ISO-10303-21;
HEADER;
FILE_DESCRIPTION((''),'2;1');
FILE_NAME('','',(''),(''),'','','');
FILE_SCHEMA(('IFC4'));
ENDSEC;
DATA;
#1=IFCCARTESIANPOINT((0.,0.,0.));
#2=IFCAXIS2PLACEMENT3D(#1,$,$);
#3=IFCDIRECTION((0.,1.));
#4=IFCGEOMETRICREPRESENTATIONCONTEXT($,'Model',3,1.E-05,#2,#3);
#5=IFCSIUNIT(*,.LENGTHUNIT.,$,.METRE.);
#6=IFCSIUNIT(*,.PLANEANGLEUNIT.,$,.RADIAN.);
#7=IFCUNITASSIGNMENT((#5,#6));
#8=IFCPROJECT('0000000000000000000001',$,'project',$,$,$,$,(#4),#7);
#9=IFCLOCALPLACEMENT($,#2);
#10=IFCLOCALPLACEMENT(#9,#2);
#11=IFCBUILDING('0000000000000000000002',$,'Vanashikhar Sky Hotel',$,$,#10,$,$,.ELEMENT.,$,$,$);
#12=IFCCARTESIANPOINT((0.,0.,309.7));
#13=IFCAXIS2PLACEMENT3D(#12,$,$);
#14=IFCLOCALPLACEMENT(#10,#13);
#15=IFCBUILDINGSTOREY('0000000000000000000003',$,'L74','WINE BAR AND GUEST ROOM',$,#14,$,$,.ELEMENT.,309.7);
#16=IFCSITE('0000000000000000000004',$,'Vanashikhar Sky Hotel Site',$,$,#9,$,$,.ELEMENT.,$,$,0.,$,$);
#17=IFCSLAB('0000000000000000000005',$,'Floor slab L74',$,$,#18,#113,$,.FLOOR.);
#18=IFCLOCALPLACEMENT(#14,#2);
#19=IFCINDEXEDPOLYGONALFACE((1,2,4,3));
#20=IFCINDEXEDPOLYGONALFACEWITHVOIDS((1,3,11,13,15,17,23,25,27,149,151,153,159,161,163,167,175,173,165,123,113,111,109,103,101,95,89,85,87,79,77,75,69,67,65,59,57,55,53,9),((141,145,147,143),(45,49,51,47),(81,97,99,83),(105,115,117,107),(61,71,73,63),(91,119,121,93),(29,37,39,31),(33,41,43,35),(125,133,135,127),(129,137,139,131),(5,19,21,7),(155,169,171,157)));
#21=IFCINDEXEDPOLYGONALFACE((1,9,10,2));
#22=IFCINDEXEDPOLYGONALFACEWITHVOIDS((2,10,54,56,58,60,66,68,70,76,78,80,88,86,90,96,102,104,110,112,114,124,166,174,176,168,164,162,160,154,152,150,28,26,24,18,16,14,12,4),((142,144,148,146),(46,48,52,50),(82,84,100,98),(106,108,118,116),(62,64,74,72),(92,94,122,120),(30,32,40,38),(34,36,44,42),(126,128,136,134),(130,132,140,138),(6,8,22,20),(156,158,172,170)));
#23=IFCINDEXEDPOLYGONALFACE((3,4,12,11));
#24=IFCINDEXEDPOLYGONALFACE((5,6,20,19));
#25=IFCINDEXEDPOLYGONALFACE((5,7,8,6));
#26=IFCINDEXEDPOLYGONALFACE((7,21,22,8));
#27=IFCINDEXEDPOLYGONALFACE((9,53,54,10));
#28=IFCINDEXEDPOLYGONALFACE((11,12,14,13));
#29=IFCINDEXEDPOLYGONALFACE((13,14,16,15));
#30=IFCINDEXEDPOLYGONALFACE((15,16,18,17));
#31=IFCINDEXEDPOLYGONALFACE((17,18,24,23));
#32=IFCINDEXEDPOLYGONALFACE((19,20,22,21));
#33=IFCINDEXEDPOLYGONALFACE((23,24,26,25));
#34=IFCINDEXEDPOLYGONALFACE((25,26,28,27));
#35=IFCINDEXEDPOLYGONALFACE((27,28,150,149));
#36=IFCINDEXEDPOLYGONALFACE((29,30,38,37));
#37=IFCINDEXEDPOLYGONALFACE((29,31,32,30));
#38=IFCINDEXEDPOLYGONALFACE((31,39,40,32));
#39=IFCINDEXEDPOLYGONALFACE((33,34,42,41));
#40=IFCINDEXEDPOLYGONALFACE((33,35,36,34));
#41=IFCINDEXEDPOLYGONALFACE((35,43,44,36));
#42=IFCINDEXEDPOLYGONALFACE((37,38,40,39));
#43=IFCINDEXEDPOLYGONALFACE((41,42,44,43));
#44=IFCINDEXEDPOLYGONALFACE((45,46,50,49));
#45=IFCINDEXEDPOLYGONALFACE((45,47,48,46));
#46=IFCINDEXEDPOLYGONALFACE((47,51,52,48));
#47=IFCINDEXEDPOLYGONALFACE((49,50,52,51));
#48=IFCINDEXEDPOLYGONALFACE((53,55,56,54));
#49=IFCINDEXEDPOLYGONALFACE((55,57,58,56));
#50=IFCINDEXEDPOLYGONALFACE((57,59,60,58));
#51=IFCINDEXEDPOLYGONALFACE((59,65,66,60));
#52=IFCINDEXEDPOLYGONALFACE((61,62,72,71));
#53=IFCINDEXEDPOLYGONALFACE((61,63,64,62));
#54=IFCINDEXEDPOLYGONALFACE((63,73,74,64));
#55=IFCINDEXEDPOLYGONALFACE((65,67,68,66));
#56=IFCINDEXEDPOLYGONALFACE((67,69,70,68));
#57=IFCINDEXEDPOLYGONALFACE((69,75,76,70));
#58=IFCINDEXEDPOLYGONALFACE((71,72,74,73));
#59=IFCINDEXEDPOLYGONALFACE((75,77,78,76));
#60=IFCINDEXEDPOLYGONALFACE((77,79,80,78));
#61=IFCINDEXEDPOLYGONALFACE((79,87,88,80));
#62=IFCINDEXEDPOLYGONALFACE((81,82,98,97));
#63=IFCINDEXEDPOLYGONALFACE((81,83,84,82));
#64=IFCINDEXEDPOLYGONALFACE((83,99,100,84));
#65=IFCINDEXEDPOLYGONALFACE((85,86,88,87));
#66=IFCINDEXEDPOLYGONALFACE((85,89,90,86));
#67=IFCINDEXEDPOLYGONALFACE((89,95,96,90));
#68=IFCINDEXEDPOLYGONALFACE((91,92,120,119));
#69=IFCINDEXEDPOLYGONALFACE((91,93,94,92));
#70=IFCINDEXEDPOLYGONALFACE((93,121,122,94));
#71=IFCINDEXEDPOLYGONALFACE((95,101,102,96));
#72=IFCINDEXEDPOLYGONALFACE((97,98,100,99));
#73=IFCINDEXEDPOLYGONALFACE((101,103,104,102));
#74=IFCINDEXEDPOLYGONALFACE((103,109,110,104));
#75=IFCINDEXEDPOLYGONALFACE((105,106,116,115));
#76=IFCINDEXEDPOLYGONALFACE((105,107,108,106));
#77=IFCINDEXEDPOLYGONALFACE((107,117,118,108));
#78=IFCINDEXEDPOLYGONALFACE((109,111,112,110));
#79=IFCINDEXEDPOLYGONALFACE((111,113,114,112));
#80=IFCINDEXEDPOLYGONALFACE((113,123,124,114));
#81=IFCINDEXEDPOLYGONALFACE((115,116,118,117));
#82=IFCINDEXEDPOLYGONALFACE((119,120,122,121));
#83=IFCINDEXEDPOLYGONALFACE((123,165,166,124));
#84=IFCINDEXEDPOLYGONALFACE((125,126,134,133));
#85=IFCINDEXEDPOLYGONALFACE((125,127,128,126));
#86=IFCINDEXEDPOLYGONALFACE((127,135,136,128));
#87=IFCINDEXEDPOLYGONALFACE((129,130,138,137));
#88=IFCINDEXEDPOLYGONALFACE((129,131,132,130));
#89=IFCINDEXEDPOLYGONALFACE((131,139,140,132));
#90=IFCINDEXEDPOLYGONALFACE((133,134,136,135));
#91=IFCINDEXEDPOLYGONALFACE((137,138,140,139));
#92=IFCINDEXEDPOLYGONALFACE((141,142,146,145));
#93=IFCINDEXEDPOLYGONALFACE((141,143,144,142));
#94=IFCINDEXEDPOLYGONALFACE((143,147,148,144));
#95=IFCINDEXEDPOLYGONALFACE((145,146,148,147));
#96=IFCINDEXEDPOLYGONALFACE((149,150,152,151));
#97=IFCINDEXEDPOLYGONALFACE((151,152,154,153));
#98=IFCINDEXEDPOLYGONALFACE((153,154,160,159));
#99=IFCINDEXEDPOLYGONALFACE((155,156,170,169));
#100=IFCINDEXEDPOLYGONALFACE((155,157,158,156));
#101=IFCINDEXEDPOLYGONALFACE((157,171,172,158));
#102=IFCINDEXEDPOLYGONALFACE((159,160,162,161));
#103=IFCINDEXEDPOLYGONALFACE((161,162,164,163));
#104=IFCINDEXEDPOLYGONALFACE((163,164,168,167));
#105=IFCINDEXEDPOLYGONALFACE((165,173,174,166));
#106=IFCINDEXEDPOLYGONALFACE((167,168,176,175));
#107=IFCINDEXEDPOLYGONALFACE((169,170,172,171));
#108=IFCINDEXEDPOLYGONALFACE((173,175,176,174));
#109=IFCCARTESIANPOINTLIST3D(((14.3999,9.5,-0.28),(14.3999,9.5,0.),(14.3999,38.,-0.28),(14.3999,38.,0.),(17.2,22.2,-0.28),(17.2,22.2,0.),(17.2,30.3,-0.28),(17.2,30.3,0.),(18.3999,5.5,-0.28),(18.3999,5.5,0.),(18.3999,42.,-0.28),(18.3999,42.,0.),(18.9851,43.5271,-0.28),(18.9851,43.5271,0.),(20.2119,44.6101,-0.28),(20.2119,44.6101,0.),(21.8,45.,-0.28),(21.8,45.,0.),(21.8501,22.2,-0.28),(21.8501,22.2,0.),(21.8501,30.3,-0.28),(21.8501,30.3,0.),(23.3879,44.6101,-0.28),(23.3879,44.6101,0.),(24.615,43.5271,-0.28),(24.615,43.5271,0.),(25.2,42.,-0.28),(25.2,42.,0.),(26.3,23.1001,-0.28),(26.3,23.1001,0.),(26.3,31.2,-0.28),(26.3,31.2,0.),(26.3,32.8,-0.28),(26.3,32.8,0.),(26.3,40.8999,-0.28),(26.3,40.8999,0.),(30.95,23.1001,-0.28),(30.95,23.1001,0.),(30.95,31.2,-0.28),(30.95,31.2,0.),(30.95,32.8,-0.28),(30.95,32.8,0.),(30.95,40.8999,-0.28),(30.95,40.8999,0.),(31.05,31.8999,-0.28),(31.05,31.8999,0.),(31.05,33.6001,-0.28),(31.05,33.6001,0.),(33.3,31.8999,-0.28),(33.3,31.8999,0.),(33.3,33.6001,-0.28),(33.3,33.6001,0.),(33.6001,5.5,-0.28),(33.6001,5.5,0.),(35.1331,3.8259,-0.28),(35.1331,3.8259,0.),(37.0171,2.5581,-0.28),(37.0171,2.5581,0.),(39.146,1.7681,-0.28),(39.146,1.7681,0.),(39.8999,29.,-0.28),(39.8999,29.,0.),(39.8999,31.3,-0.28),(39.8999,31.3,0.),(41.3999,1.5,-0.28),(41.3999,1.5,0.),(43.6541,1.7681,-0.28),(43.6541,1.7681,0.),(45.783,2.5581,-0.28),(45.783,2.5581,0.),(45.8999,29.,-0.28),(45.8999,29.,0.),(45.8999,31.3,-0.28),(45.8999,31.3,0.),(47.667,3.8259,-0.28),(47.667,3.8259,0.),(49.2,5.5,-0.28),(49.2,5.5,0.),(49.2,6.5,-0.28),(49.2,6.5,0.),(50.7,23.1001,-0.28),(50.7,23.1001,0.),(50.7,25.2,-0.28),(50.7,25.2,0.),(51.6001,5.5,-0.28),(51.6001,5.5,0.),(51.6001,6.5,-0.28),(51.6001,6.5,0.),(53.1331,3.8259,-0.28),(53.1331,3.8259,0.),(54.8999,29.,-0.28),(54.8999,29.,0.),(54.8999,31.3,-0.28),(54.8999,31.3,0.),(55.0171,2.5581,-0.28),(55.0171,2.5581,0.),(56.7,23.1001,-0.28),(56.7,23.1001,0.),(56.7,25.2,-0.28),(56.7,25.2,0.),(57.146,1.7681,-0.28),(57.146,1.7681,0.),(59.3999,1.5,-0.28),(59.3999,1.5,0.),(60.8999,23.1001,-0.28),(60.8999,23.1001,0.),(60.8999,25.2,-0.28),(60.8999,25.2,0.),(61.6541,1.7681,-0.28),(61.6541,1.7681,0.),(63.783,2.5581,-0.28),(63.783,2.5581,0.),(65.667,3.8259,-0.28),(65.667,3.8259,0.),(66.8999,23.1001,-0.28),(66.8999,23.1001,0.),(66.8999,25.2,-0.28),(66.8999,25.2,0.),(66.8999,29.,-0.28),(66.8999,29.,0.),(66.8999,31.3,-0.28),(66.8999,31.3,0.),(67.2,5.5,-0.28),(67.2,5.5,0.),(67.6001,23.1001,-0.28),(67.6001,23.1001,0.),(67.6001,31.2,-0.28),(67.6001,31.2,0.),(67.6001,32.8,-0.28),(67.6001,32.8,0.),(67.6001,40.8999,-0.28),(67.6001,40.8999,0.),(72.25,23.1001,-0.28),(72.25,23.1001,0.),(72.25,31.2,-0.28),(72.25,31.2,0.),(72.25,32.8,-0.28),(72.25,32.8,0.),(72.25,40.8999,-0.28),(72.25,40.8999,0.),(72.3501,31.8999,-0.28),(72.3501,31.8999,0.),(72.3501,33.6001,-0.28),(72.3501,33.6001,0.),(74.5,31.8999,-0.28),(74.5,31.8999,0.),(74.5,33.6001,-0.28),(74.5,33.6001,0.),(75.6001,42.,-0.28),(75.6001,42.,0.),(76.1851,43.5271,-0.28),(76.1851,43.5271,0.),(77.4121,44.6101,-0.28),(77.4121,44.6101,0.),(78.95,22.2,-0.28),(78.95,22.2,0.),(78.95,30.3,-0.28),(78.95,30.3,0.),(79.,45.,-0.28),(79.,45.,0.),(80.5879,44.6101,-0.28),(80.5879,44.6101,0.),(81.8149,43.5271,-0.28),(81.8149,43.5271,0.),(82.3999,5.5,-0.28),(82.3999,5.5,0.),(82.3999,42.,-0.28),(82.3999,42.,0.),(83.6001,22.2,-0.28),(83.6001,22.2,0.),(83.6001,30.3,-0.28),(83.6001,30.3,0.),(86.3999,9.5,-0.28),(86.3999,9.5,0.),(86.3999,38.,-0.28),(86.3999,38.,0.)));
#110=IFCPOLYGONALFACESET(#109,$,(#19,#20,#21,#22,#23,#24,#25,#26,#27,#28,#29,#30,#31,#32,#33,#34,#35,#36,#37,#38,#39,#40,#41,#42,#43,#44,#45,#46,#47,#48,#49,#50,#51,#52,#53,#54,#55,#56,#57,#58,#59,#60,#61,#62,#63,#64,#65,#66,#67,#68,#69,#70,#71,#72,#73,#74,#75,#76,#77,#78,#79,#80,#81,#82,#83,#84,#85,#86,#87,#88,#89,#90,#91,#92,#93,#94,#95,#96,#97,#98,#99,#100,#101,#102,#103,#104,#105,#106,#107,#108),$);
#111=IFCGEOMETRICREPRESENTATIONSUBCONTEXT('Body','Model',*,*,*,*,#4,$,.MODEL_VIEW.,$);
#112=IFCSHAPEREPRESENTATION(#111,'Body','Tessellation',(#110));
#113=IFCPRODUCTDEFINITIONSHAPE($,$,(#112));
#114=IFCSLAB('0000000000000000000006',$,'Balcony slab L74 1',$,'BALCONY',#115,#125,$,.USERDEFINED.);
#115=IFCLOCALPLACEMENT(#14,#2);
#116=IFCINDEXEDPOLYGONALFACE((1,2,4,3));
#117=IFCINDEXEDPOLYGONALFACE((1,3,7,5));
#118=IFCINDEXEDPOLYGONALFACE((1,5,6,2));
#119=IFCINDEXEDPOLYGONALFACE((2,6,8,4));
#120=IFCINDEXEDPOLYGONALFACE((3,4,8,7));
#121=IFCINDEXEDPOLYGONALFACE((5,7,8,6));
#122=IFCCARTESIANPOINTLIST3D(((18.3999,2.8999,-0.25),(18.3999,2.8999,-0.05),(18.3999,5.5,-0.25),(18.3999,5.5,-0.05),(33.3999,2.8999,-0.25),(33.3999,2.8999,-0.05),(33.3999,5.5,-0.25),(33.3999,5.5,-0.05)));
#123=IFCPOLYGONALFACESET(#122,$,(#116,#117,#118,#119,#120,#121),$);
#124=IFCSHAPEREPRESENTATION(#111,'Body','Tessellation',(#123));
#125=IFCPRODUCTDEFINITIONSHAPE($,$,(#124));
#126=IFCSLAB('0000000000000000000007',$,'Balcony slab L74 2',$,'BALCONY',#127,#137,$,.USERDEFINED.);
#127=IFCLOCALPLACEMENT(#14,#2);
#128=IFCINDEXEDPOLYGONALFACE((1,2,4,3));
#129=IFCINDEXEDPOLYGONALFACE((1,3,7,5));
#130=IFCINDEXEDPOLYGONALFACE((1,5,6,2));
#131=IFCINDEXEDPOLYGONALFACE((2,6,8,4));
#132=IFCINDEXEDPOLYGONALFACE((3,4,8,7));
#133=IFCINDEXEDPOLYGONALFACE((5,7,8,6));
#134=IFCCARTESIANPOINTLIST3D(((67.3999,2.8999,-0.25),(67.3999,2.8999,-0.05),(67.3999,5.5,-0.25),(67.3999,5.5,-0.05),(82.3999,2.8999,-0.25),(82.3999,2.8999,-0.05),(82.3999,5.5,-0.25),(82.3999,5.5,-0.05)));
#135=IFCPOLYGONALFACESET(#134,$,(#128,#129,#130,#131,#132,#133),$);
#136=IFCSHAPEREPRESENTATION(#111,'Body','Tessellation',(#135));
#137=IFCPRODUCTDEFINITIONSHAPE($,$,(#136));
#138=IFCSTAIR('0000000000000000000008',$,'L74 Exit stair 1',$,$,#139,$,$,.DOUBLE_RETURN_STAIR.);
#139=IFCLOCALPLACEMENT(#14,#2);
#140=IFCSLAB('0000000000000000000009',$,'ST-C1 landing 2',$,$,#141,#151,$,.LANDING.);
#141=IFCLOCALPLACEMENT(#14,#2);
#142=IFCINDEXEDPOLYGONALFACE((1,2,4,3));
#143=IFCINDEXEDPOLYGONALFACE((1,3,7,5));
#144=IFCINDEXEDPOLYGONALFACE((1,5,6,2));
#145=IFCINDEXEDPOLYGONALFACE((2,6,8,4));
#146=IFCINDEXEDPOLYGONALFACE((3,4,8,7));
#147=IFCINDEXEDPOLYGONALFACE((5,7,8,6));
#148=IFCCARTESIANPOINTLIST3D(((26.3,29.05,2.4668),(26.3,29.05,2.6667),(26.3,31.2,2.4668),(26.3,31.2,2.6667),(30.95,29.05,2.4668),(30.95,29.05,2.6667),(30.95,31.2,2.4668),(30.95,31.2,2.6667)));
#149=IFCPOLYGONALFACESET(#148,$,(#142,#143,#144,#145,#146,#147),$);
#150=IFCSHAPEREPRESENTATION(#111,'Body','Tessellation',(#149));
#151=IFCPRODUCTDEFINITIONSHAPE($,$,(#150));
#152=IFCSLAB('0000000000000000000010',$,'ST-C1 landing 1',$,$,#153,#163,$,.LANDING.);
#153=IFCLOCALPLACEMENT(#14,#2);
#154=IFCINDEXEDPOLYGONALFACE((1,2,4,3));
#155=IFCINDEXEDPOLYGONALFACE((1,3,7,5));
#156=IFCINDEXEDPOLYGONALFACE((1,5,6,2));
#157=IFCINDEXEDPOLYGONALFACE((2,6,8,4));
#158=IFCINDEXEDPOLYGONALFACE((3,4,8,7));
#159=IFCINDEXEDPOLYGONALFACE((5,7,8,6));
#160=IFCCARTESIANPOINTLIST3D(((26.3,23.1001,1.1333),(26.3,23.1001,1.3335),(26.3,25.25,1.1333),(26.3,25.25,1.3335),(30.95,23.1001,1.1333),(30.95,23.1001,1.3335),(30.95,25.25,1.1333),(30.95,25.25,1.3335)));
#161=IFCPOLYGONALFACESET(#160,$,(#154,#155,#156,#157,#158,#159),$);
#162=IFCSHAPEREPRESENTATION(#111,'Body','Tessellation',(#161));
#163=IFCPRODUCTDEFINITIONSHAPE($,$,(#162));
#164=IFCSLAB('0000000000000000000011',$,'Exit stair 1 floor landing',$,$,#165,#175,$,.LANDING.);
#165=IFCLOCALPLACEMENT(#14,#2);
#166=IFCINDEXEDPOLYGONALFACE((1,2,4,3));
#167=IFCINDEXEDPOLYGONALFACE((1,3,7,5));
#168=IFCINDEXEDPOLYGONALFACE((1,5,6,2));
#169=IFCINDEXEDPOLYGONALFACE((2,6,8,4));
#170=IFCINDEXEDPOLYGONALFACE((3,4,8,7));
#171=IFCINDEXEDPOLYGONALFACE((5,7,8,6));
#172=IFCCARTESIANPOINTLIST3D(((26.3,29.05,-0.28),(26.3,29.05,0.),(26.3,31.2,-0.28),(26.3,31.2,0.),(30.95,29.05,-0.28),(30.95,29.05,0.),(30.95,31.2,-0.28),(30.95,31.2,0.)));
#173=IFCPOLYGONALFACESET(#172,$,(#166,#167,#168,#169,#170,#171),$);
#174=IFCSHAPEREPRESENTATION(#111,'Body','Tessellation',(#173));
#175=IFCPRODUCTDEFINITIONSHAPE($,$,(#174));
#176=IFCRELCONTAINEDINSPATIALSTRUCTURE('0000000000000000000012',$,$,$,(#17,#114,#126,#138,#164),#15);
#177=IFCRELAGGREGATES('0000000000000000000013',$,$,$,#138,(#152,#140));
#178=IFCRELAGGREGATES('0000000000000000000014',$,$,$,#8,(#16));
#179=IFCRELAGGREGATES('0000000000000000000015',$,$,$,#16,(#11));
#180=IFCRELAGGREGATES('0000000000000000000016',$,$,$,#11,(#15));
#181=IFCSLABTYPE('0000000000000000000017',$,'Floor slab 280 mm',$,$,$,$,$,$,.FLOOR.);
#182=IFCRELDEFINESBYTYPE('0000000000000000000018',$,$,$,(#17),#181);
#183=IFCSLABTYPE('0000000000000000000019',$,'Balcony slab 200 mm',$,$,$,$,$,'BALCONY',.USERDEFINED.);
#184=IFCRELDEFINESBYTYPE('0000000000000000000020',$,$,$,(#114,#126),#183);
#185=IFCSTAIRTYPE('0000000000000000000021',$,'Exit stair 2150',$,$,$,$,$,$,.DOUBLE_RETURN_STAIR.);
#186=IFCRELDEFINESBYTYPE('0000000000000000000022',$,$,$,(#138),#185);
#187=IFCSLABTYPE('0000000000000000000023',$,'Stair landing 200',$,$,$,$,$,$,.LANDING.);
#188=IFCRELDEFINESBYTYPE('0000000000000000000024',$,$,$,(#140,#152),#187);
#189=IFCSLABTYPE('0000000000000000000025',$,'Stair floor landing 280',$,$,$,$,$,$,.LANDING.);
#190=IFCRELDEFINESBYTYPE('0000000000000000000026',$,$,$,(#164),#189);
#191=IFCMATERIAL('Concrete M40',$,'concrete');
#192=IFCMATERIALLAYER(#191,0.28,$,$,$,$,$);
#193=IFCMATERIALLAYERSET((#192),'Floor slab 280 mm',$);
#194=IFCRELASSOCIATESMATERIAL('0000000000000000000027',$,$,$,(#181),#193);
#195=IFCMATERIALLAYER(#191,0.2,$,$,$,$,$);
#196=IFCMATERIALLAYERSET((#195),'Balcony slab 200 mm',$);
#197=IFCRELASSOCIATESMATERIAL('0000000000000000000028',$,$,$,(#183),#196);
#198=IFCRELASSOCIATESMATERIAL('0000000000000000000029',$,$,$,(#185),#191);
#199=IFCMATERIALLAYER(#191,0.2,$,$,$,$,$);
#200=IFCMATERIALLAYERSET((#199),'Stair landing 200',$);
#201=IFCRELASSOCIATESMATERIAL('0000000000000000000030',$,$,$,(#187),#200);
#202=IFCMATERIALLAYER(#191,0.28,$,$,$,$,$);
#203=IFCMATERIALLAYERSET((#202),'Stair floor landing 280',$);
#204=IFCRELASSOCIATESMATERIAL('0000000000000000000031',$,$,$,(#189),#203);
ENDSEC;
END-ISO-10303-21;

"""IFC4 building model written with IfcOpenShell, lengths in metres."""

from ifc_helpers import new_model, si_unit, direction, frame, origin, place, context, subcontext, project, spatial, polyline, outline, extrude, source, transform, mapped, material, layer, layer_set, type_object, element, aggregate, save


model = new_model("IFC4")

# Units and contexts
model_context = context("Model", 3, precision=1e-05, world=origin(), true_north=direction((0.0, 1.0)))
body_context = subcontext(model_context, "Body", "Model", "MODEL_VIEW")
ifc_project = project(units=[si_unit("LENGTHUNIT", "METRE"), si_unit("PLANEANGLEUNIT", "RADIAN")], contexts=[model_context])

# Site, building, storey
site_placement = place(None, origin())
site = spatial("IfcSite", under=ifc_project, at=site_placement, Name="Vanashikhar Sky Hotel Site", CompositionType="ELEMENT", RefElevation=0.0)
building_placement = place(site_placement, origin())
building = spatial("IfcBuilding", under=site, at=building_placement, Name="Vanashikhar Sky Hotel", CompositionType="ELEMENT")
storey_placement = place(building_placement, frame((0.0, 0.0, 309.7)))
storey = spatial("IfcBuildingStorey", under=building, at=storey_placement, Name="L74", Description="WINE BAR AND GUEST ROOM", CompositionType="ELEMENT", Elevation=309.7)

# Slabs
ifc_material = material(Name="Concrete M40", Category="concrete")
ifc_layer_1 = layer(ifc_material, 0.28)
ifc_layer_set_1 = layer_set([ifc_layer_1], Name="Floor slab 280 mm")
slab_type_1 = type_object("IfcSlabType", Name="Floor slab 280 mm", PredefinedType="FLOOR", material=ifc_layer_set_1)
shared_shape_1 = source(origin(), body_context, "Body", "SweptSolid", [
    extrude(outline(polyline([(49.2, 5.5), (49.2, 6.5), (51.6001, 6.5), (51.6001, 5.5), (53.1331, 3.8259), (55.0171, 2.5581), (57.146, 1.7681), (59.3999, 1.5), (61.6541, 1.7681), (63.783, 2.5581), (65.667, 3.8259), (67.2, 5.5), (82.3999, 5.5), (86.3999, 9.5), (86.3999, 38.0), (82.3999, 42.0), (81.8149, 43.5271), (80.5879, 44.6101), (79.0, 45.0), (77.4121, 44.6101), (76.1851, 43.5271), (75.6001, 42.0), (25.2, 42.0), (24.615, 43.5271), (23.3879, 44.6101), (21.8, 45.0), (20.2119, 44.6101), (18.9851, 43.5271), (18.3999, 42.0), (14.3999, 38.0), (14.3999, 9.5), (18.3999, 5.5), (33.6001, 5.5), (35.1331, 3.8259), (37.0171, 2.5581), (39.146, 1.7681), (41.3999, 1.5), (43.6541, 1.7681), (45.783, 2.5581), (47.667, 3.8259), (49.2, 5.5)]), holes=[polyline([(33.3, 33.6001), (31.05, 33.6001), (31.05, 31.8999), (33.3, 31.8999), (33.3, 33.6001)]), polyline([(39.8999, 31.3), (39.8999, 29.0), (45.8999, 29.0), (45.8999, 31.3), (39.8999, 31.3)]), polyline([(50.7, 25.2), (50.7, 23.1001), (56.7, 23.1001), (56.7, 25.2), (50.7, 25.2)]), polyline([(66.8999, 29.0), (66.8999, 31.3), (54.8999, 31.3), (54.8999, 29.0), (66.8999, 29.0)]), polyline([(60.8999, 25.2), (60.8999, 23.1001), (66.8999, 23.1001), (66.8999, 25.2), (60.8999, 25.2)]), polyline([(74.5, 33.6001), (72.3501, 33.6001), (72.3501, 31.8999), (74.5, 31.8999), (74.5, 33.6001)]), polyline([(30.95, 23.1001), (30.95, 31.2), (26.3, 31.2), (26.3, 23.1001), (30.95, 23.1001)]), polyline([(72.25, 23.1001), (72.25, 31.2), (67.6001, 31.2), (67.6001, 23.1001), (72.25, 23.1001)]), polyline([(30.95, 32.8), (30.95, 40.8999), (26.3, 40.8999), (26.3, 32.8), (30.95, 32.8)]), polyline([(72.25, 32.8), (72.25, 40.8999), (67.6001, 40.8999), (67.6001, 32.8), (72.25, 32.8)]), polyline([(83.6001, 22.2), (83.6001, 30.3), (78.95, 30.3), (78.95, 22.2), (83.6001, 22.2)]), polyline([(21.8501, 22.2), (21.8501, 30.3), (17.2, 30.3), (17.2, 22.2), (21.8501, 22.2)])]), origin(), (0.0, 0.0, 1.0), 0.28),
])
slab_1_placement = place(storey_placement, frame((0.0, 0.0, -0.28)))
element("IfcSlab", 1, at=slab_1_placement, inside=storey, type_object=slab_type_1, Name="Floor slab L74", PredefinedType="FLOOR", context=body_context, shape_type="MappedRepresentation", body=[
    mapped(shared_shape_1, transform((0.0, 0.0, 0.0), scale=1.0)),
])
ifc_layer_2 = layer(ifc_material, 0.2)
ifc_layer_set_2 = layer_set([ifc_layer_2], Name="Balcony slab 200 mm")
slab_type_2 = type_object("IfcSlabType", Name="Balcony slab 200 mm", ElementType="BALCONY", PredefinedType="USERDEFINED", material=ifc_layer_set_2)
shared_shape_2 = source(origin(), body_context, "Body", "SweptSolid", [
    extrude(outline(polyline([(18.3999, 2.8999), (33.3999, 2.8999), (33.3999, 5.5), (18.3999, 5.5), (18.3999, 2.8999)])), origin(), (0.0, 0.0, 1.0), 0.2),
])
slab_2_placement = place(storey_placement, frame((0.0, 0.0, -0.25)))
element("IfcSlab", 2, at=slab_2_placement, inside=storey, type_object=slab_type_2, Name="Balcony slab L74 1", ObjectType="BALCONY", PredefinedType="USERDEFINED", context=body_context, shape_type="MappedRepresentation", body=[
    mapped(shared_shape_2, transform((0.0, 0.0, 0.0), scale=1.0)),
])
shared_shape_3 = source(origin(), body_context, "Body", "SweptSolid", [
    extrude(outline(polyline([(67.3999, 2.8999), (82.3999, 2.8999), (82.3999, 5.5), (67.3999, 5.5), (67.3999, 2.8999)])), origin(), (0.0, 0.0, 1.0), 0.2),
])
slab_3_placement = place(storey_placement, frame((0.0, 0.0, -0.25)))
element("IfcSlab", 3, at=slab_3_placement, inside=storey, type_object=slab_type_2, Name="Balcony slab L74 2", ObjectType="BALCONY", PredefinedType="USERDEFINED", context=body_context, shape_type="MappedRepresentation", body=[
    mapped(shared_shape_3, transform((0.0, 0.0, 0.0), scale=1.0)),
])

# Stair, slabs
stair_type = type_object("IfcStairType", Name="Exit stair 2150", PredefinedType="DOUBLE_RETURN_STAIR", material=ifc_material)
stair_1_placement = place(storey_placement, origin())
stair_1 = element("IfcStair", 4, at=stair_1_placement, inside=storey, type_object=stair_type, Name="L74 Exit stair 1", PredefinedType="DOUBLE_RETURN_STAIR")
ifc_layer_3 = layer(ifc_material, 0.2)
ifc_layer_set_3 = layer_set([ifc_layer_3], Name="Stair landing 200")
slab_type_3 = type_object("IfcSlabType", Name="Stair landing 200", PredefinedType="LANDING", material=ifc_layer_set_3)
shared_shape_4 = source(origin(), body_context, "Body", "SweptSolid", [
    extrude(outline(polyline([(30.95, 29.05), (30.95, 31.2), (26.3, 31.2), (26.3, 29.05), (30.95, 29.05)])), origin(), (0.0, 0.0, 1.0), 0.2),
])
slab_4_placement = place(storey_placement, frame((0.0, 0.0, 2.4668)))
slab_4 = element("IfcSlab", 5, at=slab_4_placement, type_object=slab_type_3, Name="ST-C1 landing 2", PredefinedType="LANDING", context=body_context, shape_type="MappedRepresentation", body=[
    mapped(shared_shape_4, transform((0.0, 0.0, 0.0), scale=1.0)),
])
shared_shape_5 = source(origin(), body_context, "Body", "SweptSolid", [
    extrude(outline(polyline([(30.95, 23.1001), (30.95, 25.25), (26.3, 25.25), (26.3, 23.1001), (30.95, 23.1001)])), origin(), (0.0, 0.0, 1.0), 0.2002),
])
slab_5_placement = place(storey_placement, frame((0.0, 0.0, 1.1333)))
slab_5 = element("IfcSlab", 6, at=slab_5_placement, type_object=slab_type_3, Name="ST-C1 landing 1", PredefinedType="LANDING", context=body_context, shape_type="MappedRepresentation", body=[
    mapped(shared_shape_5, transform((0.0, 0.0, 0.0), scale=1.0)),
])
aggregate(stair_1, [slab_5, slab_4])

# Slab
ifc_layer_4 = layer(ifc_material, 0.28)
ifc_layer_set_4 = layer_set([ifc_layer_4], Name="Stair floor landing 280")
slab_type_4 = type_object("IfcSlabType", Name="Stair floor landing 280", PredefinedType="LANDING", material=ifc_layer_set_4)
shared_shape_6 = source(origin(), body_context, "Body", "SweptSolid", [
    extrude(outline(polyline([(30.95, 29.05), (30.95, 31.2), (26.3, 31.2), (26.3, 29.05), (30.95, 29.05)])), origin(), (0.0, 0.0, 1.0), 0.28),
])
slab_6_placement = place(storey_placement, frame((0.0, 0.0, -0.28)))
element("IfcSlab", 7, at=slab_6_placement, inside=storey, type_object=slab_type_4, Name="Exit stair 1 floor landing", PredefinedType="LANDING", context=body_context, shape_type="MappedRepresentation", body=[
    mapped(shared_shape_6, transform((0.0, 0.0, 0.0), scale=1.0)),
])

save(model, "model.ifc")
